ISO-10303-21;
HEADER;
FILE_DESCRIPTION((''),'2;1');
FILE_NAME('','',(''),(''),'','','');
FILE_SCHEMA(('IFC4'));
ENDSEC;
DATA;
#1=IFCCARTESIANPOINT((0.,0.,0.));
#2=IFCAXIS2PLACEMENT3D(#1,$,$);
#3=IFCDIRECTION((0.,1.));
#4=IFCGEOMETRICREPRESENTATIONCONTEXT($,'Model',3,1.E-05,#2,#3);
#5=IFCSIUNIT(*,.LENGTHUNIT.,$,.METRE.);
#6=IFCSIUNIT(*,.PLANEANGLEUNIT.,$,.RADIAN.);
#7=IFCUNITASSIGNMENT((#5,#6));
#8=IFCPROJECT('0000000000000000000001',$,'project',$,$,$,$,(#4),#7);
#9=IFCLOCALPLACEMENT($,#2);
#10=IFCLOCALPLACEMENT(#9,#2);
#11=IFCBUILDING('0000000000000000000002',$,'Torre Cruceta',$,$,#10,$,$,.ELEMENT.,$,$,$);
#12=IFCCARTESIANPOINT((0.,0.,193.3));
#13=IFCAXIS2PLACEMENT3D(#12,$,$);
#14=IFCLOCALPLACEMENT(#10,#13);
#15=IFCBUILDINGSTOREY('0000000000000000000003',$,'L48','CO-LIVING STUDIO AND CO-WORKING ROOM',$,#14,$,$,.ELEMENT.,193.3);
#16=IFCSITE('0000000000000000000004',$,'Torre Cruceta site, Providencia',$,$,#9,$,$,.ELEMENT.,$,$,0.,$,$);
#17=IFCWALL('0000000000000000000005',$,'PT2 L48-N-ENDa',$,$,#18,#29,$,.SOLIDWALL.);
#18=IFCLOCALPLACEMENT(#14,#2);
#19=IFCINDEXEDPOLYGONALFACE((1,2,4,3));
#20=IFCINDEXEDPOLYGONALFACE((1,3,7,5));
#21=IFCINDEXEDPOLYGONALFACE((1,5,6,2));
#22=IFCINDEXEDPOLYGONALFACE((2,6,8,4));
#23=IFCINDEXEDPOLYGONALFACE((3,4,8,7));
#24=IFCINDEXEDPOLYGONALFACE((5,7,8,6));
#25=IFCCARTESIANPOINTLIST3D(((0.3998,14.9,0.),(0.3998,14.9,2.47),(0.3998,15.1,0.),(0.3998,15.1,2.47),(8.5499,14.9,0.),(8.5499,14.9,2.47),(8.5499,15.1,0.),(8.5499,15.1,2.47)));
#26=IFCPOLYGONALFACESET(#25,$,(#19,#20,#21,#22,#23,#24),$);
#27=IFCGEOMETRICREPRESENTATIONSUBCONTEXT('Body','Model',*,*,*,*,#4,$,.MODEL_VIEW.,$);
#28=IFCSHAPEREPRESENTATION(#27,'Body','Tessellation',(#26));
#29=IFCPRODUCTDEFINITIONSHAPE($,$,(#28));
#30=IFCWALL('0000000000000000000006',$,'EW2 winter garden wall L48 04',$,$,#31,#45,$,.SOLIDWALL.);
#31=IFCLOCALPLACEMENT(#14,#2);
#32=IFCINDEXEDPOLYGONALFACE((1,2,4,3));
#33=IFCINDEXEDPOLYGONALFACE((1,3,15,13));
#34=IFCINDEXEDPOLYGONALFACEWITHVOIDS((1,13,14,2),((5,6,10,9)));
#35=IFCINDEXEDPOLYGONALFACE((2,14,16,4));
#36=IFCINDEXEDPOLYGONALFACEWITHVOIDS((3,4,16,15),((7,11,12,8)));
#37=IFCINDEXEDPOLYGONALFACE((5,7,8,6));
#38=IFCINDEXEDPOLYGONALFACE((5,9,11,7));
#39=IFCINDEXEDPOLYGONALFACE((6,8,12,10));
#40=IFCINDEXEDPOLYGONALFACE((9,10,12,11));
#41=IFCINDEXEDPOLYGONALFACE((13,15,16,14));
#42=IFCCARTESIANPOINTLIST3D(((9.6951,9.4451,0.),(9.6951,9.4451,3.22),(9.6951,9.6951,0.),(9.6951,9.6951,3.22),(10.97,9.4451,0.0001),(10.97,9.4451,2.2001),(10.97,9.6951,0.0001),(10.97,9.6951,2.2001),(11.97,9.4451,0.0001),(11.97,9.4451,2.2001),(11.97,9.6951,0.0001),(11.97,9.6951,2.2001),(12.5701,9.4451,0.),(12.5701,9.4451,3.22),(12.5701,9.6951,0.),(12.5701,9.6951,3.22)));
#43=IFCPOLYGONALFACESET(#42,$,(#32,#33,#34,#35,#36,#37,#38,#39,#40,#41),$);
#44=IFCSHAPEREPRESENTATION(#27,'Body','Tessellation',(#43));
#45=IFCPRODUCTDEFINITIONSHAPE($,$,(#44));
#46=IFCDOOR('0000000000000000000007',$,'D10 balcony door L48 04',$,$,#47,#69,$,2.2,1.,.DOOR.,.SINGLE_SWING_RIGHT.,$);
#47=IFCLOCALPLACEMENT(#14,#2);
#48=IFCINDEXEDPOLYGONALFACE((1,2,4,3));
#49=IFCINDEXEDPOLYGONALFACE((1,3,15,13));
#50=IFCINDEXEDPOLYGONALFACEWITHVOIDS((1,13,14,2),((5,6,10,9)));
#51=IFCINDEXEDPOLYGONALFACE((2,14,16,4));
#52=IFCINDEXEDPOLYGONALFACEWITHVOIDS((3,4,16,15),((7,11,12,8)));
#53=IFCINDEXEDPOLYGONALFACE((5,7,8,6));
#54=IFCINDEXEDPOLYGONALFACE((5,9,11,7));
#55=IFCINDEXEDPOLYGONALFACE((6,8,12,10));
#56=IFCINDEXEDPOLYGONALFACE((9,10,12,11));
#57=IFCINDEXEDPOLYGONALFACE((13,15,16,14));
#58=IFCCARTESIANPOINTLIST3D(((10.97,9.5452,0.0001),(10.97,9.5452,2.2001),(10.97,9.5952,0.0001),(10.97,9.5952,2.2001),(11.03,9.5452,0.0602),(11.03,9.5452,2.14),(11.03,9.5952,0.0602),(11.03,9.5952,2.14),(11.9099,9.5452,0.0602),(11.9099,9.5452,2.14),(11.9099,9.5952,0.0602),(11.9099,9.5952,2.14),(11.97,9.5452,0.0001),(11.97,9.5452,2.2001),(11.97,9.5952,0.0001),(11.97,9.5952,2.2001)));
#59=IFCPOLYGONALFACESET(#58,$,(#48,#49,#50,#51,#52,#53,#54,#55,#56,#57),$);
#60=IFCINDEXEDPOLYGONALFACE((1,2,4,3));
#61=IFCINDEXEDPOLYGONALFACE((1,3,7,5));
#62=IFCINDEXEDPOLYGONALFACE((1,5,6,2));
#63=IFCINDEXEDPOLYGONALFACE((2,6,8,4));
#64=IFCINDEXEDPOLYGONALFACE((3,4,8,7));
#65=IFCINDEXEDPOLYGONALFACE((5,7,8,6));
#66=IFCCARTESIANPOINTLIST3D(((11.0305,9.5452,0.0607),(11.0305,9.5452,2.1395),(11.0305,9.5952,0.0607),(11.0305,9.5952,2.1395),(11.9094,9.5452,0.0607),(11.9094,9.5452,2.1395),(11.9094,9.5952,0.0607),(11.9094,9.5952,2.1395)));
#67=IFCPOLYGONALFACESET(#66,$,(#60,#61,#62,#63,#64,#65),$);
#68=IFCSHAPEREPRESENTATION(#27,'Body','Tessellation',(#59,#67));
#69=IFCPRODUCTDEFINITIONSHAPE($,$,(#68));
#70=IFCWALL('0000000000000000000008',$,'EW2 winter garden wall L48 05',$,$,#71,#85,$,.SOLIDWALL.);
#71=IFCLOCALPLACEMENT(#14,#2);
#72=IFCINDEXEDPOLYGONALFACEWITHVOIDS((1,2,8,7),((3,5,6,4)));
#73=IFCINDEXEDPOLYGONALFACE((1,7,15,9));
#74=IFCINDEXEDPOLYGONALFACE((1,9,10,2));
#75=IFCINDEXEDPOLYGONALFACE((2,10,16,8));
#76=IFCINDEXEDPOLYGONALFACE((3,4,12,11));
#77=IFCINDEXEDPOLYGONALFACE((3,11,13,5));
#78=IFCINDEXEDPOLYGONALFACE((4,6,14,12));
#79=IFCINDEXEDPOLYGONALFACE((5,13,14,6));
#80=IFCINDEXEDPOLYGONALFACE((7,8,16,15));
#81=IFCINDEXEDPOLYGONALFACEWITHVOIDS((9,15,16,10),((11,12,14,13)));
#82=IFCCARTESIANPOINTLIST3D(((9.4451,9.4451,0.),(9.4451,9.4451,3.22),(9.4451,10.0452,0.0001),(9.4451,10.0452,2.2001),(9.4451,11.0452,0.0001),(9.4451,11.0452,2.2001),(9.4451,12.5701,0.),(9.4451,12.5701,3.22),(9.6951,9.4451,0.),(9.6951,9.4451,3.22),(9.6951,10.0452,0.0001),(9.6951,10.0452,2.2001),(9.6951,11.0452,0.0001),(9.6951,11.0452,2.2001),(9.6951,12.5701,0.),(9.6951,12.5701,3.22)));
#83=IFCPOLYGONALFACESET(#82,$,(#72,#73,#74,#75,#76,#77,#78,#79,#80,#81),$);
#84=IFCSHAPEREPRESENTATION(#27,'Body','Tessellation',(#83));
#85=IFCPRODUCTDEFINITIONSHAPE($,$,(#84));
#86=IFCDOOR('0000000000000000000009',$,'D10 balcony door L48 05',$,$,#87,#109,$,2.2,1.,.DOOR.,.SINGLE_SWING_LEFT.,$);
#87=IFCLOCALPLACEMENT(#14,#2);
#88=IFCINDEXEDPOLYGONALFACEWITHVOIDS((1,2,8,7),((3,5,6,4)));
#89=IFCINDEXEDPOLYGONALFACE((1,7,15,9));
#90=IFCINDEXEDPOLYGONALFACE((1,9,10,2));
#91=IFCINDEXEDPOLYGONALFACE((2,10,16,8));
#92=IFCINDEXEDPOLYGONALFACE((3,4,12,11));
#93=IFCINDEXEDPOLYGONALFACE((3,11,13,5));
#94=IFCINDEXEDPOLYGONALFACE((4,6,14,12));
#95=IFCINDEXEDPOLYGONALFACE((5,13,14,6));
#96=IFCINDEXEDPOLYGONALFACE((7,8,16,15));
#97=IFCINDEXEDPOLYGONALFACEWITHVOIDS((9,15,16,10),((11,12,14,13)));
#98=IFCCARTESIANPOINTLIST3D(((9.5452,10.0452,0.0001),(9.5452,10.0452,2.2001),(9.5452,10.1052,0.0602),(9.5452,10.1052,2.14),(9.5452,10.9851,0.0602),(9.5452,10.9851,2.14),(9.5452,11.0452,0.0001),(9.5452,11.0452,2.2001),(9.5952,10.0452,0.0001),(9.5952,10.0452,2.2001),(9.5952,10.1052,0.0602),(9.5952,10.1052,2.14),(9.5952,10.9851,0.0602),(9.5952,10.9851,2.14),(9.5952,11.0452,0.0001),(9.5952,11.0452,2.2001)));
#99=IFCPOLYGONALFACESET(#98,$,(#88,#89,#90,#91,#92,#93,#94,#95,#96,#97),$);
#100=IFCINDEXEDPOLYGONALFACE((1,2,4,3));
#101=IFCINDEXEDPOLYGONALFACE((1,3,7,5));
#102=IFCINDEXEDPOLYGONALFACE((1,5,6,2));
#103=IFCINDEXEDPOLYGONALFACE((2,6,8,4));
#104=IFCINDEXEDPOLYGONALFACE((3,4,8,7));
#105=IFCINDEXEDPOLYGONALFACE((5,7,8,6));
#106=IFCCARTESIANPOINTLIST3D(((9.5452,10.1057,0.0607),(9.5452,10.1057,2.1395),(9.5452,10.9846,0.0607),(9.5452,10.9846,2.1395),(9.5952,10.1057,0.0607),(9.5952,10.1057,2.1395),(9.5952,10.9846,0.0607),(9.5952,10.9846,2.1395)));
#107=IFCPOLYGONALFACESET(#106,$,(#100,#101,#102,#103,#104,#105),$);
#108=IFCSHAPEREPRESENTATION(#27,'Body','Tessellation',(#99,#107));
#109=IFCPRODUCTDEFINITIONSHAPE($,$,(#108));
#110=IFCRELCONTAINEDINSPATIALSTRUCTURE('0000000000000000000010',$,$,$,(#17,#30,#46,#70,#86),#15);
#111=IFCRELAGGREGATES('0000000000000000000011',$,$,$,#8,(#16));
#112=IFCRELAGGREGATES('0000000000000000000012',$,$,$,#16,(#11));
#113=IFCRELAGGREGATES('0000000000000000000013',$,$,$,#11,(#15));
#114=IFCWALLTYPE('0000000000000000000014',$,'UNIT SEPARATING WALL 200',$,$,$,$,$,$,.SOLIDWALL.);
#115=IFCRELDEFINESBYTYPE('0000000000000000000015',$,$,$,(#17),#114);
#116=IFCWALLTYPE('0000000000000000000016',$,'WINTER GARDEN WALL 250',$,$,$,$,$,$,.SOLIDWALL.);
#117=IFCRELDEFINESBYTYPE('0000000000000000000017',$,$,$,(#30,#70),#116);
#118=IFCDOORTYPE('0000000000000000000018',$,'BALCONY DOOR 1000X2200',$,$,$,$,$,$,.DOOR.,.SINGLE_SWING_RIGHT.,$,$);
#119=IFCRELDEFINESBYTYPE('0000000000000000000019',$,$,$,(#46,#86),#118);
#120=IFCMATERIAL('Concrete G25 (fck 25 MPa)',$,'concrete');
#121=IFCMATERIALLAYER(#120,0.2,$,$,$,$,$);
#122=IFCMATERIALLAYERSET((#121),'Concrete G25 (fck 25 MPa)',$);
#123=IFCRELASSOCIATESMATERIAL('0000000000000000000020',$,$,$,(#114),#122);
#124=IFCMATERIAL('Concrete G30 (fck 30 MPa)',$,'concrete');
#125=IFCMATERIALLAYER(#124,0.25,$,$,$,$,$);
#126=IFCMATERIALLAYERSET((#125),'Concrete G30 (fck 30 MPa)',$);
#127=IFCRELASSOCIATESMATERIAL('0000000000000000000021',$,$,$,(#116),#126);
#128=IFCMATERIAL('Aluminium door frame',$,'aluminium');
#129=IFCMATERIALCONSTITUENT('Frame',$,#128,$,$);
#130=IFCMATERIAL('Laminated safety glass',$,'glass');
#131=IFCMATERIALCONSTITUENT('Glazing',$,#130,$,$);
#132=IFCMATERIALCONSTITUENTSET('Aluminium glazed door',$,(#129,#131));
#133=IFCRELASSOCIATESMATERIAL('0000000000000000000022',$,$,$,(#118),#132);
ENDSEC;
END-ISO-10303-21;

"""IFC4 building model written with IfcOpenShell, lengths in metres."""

from ifc_helpers import new_model, si_unit, direction, frame, frame_2d, origin, place, context, subcontext, project, spatial, rectangle, hollow_rectangle, extrude, material, layer, layer_set, constituent, constituent_set, type_object, element, fill, save


model = new_model("IFC4")

# Units and contexts
model_context = context("Model", 3, precision=1e-05, world=origin(), true_north=direction((0.0, 1.0)))
body_context = subcontext(model_context, "Body", "Model", "MODEL_VIEW")
ifc_project = project(units=[si_unit("LENGTHUNIT", "METRE"), si_unit("PLANEANGLEUNIT", "RADIAN")], contexts=[model_context])

# Site, building, storey
site_placement = place(None, origin())
site = spatial("IfcSite", under=ifc_project, at=site_placement, Name="Torre Cruceta site, Providencia", CompositionType="ELEMENT", RefElevation=0.0)
building_placement = place(site_placement, origin())
building = spatial("IfcBuilding", under=site, at=building_placement, Name="Torre Cruceta", CompositionType="ELEMENT")
storey_placement = place(building_placement, frame((0.0, 0.0, 193.3)))
storey = spatial("IfcBuildingStorey", under=building, at=storey_placement, Name="L48", Description="CO-LIVING STUDIO AND CO-WORKING ROOM", CompositionType="ELEMENT", Elevation=193.3)

# Wall
ifc_material_1 = material(Name="Concrete G25 (fck 25 MPa)", Category="concrete")
ifc_layer_1 = layer(ifc_material_1, 0.2)
ifc_layer_set_1 = layer_set([ifc_layer_1], Name="Concrete G25 (fck 25 MPa)")
wall_type_1 = type_object("IfcWallType", Name="UNIT SEPARATING WALL 200", PredefinedType="SOLIDWALL", material=ifc_layer_set_1)
wall_1_placement = place(storey_placement, frame((8.55, 15.0, 0.0), z_axis=(0.0, 0.0, 1.0), x_axis=(-1.0, 0.0, 0.0)))
element("IfcWall", 1, at=wall_1_placement, inside=storey, type_object=wall_type_1, Name="PT2 L48-N-ENDa", PredefinedType="SOLIDWALL", context=body_context, shape_type="SweptSolid", body=[
    extrude(rectangle(XDim=8.1501, YDim=0.2, at=frame_2d((4.0752, 0.0))), origin(), (0.0, 0.0, 1.0), 2.47),
])

# Walls, openings, doors
ifc_material_2 = material(Name="Concrete G30 (fck 30 MPa)", Category="concrete")
ifc_layer_2 = layer(ifc_material_2, 0.25)
ifc_layer_set_2 = layer_set([ifc_layer_2], Name="Concrete G30 (fck 30 MPa)")
wall_type_2 = type_object("IfcWallType", Name="WINTER GARDEN WALL 250", PredefinedType="SOLIDWALL", material=ifc_layer_set_2)
wall_2_placement = place(storey_placement, frame((12.5701, 9.5701, 0.0), z_axis=(0.0, 0.0, 1.0), x_axis=(-1.0, 0.0, 0.0)))
wall_2 = element("IfcWall", 2, at=wall_2_placement, inside=storey, type_object=wall_type_2, Name="EW2 winter garden wall L48 04", PredefinedType="SOLIDWALL", context=body_context, shape_type="SweptSolid", body=[
    extrude(rectangle(XDim=2.875, YDim=0.25, at=frame_2d((1.4375, 0.0))), origin(), (0.0, 0.0, 1.0), 3.22),
])
opening_1_placement = place(wall_2_placement, frame((0.6001, 0.0, 0.0)))
opening_1 = element("IfcOpeningElement", 3, at=opening_1_placement, cuts=wall_2, PredefinedType="OPENING", context=body_context, shape_type="SweptSolid", body=[
    extrude(rectangle(XDim=1.0, YDim=2.2, at=frame_2d((0.5, 1.1001))), frame((0.0, 0.135, 0.0), z_axis=(0.0, -1.0, 0.0), x_axis=(1.0, 0.0, 0.0)), (0.0, 0.0, 1.0), 0.27),
])
ifc_material_3 = material(Name="Aluminium door frame", Category="aluminium")
ifc_constituent_1 = constituent(ifc_material_3, Name="Frame")
ifc_material_4 = material(Name="Laminated safety glass", Category="glass")
ifc_constituent_2 = constituent(ifc_material_4, Name="Glazing")
ifc_constituent_set_1 = constituent_set(constituents=[ifc_constituent_1, ifc_constituent_2], Name="Aluminium glazed door")
door_type = type_object("IfcDoorType", Name="BALCONY DOOR 1000X2200", OperationType="SINGLE_SWING_RIGHT", PredefinedType="DOOR", material=ifc_constituent_set_1)
door_1_placement = place(opening_1_placement, origin())
door_1 = element("IfcDoor", 4, at=door_1_placement, inside=storey, type_object=door_type, Name="D10 balcony door L48 04", OperationType="SINGLE_SWING_RIGHT", OverallHeight=2.2, OverallWidth=1.0, PredefinedType="DOOR", context=body_context, shape_type="SweptSolid", body=[
    extrude(hollow_rectangle(XDim=1.0, YDim=2.2, WallThickness=0.0601, at=frame_2d((0.5, 1.1001))), frame((0.0, 0.0249, 0.0), z_axis=(0.0, -1.0, 0.0), x_axis=(1.0, 0.0, 0.0)), (0.0, 0.0, 1.0), 0.05),
    extrude(rectangle(XDim=0.8789, YDim=2.0789, at=frame_2d((0.5, 1.1001))), frame((0.0, 0.0249, 0.0), z_axis=(0.0, -1.0, 0.0), x_axis=(1.0, 0.0, 0.0)), (0.0, 0.0, 1.0), 0.05),
])
fill(opening_1, door_1)
wall_3_placement = place(storey_placement, frame((9.5701, 9.4451, 0.0), z_axis=(0.0, 0.0, 1.0), x_axis=(0.0, 1.0, 0.0)))
wall_3 = element("IfcWall", 5, at=wall_3_placement, inside=storey, type_object=wall_type_2, Name="EW2 winter garden wall L48 05", PredefinedType="SOLIDWALL", context=body_context, shape_type="SweptSolid", body=[
    extrude(rectangle(XDim=3.125, YDim=0.25, at=frame_2d((1.5625, 0.0))), origin(), (0.0, 0.0, 1.0), 3.22),
])
opening_2_placement = place(wall_3_placement, frame((0.6001, 0.0, 0.0)))
opening_2 = element("IfcOpeningElement", 6, at=opening_2_placement, cuts=wall_3, PredefinedType="OPENING", context=body_context, shape_type="SweptSolid", body=[
    extrude(rectangle(XDim=1.0, YDim=2.2, at=frame_2d((0.5, 1.1001))), frame((0.0, 0.135, 0.0), z_axis=(0.0, -1.0, 0.0), x_axis=(1.0, 0.0, 0.0)), (0.0, 0.0, 1.0), 0.27),
])
door_2_placement = place(opening_2_placement, origin())
door_2 = element("IfcDoor", 7, at=door_2_placement, inside=storey, type_object=door_type, Name="D10 balcony door L48 05", OperationType="SINGLE_SWING_LEFT", OverallHeight=2.2, OverallWidth=1.0, PredefinedType="DOOR", context=body_context, shape_type="SweptSolid", body=[
    extrude(hollow_rectangle(XDim=1.0, YDim=2.2, WallThickness=0.0601, at=frame_2d((0.5, 1.1001))), frame((0.0, 0.0249, 0.0), z_axis=(0.0, -1.0, 0.0), x_axis=(1.0, 0.0, 0.0)), (0.0, 0.0, 1.0), 0.05),
    extrude(rectangle(XDim=0.8789, YDim=2.0789, at=frame_2d((0.5, 1.1001))), frame((0.0, 0.0249, 0.0), z_axis=(0.0, -1.0, 0.0), x_axis=(1.0, 0.0, 0.0)), (0.0, 0.0, 1.0), 0.05),
])
fill(opening_2, door_2)

save(model, "model.ifc")
